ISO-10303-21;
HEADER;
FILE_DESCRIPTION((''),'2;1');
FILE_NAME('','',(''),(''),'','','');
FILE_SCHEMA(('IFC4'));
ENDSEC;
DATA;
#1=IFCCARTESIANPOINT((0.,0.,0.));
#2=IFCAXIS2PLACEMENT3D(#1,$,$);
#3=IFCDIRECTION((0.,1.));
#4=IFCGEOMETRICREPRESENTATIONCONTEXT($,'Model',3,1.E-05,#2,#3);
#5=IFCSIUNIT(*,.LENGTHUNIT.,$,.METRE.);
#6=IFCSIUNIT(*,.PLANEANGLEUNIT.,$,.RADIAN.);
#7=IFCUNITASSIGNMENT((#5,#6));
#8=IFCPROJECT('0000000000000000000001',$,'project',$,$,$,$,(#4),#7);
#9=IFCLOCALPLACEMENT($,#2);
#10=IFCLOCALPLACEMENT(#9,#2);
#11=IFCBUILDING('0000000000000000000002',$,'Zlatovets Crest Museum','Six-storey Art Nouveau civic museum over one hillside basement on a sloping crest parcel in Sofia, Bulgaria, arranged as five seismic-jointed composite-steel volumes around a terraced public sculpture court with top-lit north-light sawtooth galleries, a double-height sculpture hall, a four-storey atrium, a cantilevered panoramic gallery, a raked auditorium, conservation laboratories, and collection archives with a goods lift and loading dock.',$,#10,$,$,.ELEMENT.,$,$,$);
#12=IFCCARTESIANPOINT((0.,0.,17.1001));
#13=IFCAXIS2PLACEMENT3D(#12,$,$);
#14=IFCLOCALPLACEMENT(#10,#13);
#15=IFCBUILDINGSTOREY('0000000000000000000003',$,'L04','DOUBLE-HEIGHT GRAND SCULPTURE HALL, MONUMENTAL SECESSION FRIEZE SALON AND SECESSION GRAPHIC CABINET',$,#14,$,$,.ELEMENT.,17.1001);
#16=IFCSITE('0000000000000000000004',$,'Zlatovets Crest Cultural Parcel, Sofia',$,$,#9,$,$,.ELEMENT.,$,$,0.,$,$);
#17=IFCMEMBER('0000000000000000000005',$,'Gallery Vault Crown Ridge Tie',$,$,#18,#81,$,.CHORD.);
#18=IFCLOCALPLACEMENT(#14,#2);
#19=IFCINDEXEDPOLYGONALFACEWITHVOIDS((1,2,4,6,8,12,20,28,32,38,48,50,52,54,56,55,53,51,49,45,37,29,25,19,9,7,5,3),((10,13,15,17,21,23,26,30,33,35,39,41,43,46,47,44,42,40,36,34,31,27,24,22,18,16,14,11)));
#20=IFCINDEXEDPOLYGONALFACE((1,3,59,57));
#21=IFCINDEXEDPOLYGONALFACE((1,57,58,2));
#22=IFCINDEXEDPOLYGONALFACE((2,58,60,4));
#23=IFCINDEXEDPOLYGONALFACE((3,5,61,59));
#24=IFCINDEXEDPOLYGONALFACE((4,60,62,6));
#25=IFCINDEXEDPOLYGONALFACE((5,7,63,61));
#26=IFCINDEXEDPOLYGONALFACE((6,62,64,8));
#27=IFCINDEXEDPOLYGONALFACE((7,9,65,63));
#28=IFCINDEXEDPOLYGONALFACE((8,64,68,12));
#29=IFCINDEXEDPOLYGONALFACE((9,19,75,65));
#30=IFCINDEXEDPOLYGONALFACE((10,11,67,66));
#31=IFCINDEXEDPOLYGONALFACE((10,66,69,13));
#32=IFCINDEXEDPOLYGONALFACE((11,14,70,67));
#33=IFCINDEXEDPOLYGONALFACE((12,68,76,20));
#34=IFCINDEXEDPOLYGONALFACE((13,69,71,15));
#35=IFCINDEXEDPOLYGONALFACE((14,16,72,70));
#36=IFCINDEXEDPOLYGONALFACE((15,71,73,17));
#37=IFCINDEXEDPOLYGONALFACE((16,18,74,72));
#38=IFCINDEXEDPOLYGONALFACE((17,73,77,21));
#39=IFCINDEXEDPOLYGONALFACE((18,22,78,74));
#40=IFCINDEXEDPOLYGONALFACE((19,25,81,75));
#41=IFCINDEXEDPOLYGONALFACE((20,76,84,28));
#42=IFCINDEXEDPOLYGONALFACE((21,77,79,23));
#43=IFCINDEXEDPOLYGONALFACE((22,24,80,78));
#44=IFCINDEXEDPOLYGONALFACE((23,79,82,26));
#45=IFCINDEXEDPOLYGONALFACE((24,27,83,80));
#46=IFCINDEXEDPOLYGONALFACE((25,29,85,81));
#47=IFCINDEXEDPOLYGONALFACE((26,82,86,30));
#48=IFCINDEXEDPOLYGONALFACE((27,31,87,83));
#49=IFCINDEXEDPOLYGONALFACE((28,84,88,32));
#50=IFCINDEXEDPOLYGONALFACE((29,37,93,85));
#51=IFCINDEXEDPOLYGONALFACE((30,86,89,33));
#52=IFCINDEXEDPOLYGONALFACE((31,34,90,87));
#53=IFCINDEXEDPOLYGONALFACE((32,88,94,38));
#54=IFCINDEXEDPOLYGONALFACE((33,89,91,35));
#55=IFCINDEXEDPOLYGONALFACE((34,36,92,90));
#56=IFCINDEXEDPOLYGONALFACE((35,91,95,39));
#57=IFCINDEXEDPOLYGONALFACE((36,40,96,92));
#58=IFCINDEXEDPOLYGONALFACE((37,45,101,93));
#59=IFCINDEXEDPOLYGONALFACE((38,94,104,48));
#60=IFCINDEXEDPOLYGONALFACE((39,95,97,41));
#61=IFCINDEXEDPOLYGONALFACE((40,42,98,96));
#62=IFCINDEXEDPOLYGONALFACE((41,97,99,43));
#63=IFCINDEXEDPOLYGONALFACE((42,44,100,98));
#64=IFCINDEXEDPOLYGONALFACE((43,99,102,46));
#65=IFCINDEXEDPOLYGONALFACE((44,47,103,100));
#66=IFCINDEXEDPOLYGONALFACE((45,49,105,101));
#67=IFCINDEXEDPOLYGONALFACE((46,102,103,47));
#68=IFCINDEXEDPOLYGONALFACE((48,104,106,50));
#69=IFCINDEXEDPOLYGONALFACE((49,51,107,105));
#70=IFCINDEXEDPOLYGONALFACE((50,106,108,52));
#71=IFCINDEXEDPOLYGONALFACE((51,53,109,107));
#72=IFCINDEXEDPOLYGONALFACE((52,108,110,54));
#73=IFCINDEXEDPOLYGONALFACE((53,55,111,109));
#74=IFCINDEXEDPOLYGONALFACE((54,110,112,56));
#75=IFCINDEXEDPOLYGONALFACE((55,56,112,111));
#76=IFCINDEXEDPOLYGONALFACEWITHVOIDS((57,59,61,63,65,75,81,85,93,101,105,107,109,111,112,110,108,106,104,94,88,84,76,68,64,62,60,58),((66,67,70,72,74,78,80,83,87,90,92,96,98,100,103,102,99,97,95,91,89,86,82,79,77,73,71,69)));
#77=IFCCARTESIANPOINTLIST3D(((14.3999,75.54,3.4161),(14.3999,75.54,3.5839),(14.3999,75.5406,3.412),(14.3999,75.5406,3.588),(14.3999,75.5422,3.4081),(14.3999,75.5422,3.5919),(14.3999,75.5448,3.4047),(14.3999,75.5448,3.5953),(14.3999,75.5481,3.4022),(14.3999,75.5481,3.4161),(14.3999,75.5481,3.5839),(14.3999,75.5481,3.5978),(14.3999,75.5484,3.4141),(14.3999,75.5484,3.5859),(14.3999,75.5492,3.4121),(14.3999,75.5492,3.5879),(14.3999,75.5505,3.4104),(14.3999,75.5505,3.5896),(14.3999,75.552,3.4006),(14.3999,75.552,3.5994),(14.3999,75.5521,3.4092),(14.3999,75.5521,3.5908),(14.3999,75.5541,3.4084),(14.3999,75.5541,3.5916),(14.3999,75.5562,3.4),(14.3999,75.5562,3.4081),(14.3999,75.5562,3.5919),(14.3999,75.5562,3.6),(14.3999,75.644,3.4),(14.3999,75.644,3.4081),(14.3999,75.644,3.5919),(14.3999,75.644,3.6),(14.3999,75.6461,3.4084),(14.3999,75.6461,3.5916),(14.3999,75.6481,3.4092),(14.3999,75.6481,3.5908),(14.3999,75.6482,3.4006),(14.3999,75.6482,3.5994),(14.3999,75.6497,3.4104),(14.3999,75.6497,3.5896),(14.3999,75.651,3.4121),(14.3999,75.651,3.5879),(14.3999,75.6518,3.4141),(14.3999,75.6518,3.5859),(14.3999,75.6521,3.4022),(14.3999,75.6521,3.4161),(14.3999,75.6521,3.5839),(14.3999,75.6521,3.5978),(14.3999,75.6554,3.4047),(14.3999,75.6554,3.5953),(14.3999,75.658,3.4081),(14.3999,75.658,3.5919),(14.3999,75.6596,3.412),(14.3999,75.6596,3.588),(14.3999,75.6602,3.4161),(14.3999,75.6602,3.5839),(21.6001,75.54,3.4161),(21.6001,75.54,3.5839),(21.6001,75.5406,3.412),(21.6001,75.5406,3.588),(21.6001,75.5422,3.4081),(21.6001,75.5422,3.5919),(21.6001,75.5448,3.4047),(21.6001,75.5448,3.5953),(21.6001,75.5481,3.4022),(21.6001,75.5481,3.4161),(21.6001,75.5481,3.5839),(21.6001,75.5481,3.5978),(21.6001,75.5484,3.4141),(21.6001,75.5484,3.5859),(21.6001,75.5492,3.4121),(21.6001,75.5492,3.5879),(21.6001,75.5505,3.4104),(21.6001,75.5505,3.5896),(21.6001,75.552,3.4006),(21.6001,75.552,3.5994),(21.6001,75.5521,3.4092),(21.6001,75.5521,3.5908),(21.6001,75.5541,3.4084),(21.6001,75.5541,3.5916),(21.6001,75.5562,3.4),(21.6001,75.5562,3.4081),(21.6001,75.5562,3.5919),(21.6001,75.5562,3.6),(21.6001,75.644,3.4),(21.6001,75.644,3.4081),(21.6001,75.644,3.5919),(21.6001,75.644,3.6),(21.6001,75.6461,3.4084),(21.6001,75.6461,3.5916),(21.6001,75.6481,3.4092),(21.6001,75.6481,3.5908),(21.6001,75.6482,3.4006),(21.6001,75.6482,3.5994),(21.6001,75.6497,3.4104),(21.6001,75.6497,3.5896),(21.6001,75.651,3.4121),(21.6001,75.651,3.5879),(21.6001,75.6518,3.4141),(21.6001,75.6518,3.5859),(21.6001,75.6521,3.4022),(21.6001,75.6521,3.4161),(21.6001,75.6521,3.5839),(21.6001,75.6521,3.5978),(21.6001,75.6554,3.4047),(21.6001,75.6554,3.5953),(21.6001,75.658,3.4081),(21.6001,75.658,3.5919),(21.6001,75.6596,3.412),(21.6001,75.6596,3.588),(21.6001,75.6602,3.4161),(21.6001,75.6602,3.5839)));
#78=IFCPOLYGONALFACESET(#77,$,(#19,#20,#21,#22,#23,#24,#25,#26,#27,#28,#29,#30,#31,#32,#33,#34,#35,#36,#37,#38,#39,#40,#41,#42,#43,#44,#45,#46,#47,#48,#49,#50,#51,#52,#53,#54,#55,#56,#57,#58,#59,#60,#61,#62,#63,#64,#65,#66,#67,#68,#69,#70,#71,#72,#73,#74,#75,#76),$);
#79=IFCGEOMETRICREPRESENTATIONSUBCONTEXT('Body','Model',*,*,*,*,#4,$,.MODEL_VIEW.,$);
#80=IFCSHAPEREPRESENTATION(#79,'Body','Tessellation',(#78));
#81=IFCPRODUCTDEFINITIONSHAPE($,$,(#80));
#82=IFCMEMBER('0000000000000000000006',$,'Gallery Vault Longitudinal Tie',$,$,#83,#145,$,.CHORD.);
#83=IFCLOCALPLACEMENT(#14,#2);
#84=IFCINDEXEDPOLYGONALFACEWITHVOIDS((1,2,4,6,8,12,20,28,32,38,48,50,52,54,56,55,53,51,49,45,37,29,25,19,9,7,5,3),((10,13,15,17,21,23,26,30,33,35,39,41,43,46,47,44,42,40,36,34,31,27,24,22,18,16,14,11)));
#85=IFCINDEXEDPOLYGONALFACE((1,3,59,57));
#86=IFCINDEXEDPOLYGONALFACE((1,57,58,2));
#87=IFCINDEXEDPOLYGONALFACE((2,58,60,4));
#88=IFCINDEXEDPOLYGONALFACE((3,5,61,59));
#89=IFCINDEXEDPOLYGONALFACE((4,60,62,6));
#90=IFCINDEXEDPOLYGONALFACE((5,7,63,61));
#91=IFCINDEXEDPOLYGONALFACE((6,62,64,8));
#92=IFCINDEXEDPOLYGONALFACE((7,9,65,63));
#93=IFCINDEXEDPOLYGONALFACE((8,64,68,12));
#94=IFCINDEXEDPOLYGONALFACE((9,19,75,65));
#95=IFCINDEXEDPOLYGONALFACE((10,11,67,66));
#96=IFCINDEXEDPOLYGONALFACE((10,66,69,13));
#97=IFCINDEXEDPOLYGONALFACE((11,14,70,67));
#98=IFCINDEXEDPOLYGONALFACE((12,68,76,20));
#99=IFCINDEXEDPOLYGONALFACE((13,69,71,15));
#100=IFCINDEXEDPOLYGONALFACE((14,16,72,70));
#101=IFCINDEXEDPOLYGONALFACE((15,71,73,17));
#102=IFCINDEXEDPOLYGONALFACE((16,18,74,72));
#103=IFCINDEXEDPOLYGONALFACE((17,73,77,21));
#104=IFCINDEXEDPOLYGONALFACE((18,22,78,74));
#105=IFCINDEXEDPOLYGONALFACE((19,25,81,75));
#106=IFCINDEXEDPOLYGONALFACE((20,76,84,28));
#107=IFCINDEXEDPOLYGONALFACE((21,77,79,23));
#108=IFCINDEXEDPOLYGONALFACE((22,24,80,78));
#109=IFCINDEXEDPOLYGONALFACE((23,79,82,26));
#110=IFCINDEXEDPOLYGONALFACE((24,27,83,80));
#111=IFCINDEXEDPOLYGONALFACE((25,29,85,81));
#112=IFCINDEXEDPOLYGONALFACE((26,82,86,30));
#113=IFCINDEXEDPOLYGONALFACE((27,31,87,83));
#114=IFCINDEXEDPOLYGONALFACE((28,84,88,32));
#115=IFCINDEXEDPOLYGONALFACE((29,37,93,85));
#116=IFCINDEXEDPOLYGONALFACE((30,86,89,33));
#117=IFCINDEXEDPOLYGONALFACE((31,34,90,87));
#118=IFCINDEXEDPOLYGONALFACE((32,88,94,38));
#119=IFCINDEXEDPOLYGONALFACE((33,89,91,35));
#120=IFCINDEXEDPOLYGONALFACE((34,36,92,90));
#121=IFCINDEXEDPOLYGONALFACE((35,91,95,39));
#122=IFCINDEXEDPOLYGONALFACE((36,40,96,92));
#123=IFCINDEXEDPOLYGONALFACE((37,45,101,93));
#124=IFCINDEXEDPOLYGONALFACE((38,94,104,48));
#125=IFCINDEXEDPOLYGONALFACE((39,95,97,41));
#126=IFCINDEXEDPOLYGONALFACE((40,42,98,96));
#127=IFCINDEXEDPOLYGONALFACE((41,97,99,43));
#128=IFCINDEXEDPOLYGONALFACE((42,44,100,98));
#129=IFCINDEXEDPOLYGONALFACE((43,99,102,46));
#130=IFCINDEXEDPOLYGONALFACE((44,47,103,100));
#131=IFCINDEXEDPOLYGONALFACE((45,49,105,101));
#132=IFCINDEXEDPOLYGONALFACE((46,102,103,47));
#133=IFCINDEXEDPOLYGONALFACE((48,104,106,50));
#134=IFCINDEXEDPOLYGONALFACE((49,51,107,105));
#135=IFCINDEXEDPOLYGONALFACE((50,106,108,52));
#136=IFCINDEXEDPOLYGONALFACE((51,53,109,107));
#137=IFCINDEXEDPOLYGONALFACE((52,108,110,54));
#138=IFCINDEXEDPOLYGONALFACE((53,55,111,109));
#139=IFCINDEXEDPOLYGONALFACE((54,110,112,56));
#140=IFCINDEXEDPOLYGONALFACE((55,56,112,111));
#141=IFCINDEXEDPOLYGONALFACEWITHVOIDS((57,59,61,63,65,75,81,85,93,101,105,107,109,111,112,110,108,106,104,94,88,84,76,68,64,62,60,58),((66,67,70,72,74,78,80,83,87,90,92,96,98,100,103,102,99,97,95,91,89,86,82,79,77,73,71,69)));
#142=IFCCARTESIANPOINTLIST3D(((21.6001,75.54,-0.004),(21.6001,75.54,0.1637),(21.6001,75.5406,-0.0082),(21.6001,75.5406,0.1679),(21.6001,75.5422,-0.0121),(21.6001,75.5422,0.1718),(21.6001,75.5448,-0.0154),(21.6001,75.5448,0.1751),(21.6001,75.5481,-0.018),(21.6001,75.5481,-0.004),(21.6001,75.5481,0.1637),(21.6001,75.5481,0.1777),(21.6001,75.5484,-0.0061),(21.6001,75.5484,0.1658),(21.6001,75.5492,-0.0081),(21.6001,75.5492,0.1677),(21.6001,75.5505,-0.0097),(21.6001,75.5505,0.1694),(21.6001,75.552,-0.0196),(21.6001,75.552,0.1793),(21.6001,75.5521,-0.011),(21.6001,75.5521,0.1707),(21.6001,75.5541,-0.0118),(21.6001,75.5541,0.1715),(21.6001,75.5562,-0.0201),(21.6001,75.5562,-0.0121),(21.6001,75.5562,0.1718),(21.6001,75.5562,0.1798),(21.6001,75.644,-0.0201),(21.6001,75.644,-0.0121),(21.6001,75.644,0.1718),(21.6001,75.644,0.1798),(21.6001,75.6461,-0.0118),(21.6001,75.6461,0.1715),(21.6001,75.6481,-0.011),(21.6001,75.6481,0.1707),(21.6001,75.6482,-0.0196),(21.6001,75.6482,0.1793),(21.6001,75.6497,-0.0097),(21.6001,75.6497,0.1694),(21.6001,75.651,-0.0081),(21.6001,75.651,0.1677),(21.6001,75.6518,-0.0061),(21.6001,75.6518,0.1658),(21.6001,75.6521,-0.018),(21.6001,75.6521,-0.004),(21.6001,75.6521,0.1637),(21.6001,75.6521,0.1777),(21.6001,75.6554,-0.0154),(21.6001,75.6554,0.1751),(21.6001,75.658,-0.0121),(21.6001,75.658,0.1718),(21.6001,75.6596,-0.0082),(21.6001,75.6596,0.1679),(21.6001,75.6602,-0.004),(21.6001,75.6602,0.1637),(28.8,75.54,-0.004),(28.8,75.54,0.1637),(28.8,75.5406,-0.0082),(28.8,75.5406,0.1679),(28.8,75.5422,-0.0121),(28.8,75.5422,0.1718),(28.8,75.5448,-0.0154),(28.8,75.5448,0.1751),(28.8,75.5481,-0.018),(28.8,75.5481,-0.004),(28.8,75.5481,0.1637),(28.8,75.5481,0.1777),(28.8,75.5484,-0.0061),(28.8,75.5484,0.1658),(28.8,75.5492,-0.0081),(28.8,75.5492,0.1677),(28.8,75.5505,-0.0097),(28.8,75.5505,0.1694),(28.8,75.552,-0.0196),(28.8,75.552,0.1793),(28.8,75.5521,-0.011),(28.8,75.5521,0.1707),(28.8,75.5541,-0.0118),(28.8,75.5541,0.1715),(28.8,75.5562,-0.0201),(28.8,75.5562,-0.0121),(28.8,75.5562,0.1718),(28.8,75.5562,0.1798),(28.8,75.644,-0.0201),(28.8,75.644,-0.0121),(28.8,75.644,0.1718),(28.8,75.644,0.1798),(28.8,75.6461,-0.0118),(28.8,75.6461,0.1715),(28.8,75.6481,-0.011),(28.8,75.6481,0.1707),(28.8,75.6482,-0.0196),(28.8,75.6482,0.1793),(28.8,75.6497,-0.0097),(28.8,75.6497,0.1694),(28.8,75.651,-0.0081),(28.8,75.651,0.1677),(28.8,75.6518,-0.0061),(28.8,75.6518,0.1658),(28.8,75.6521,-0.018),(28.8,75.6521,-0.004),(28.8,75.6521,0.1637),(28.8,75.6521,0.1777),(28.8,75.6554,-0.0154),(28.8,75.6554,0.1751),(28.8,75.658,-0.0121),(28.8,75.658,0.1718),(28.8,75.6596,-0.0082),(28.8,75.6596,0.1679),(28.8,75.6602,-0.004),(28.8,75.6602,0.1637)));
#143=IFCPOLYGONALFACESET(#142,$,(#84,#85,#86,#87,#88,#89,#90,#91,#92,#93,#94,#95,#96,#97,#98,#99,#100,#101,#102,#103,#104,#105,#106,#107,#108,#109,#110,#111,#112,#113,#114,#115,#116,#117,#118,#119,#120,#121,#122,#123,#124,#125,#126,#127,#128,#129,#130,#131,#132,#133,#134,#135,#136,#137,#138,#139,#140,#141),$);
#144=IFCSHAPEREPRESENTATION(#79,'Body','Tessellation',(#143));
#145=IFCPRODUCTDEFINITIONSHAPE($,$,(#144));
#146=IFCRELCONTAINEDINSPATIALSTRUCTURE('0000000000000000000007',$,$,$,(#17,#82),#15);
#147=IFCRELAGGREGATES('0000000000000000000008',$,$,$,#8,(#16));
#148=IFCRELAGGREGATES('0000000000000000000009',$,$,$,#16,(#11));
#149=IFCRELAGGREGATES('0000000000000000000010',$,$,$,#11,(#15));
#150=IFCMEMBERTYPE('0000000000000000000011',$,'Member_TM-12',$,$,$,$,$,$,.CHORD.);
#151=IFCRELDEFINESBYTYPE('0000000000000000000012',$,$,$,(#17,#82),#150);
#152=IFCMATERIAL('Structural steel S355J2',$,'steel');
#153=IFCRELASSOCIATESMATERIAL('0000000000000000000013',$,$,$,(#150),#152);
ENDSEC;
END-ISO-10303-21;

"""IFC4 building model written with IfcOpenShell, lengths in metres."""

from ifc_helpers import new_model, si_unit, direction, frame, origin, origin_2d, place, context, subcontext, project, spatial, hollow_rectangle, extrude, material, material_profile, profile_set, type_object, element, save


model = new_model("IFC4")

# Units and contexts
model_context = context("Model", 3, precision=1e-05, world=origin(), true_north=direction((0.0, 1.0)))
body_context = subcontext(model_context, "Body", "Model", "MODEL_VIEW")
ifc_project = project(units=[si_unit("LENGTHUNIT", "METRE"), si_unit("PLANEANGLEUNIT", "RADIAN")], contexts=[model_context])

# Site, building, storey
site_placement = place(None, origin())
site = spatial("IfcSite", under=ifc_project, at=site_placement, Name="Zlatovets Crest Cultural Parcel, Sofia", CompositionType="ELEMENT", RefElevation=0.0)
building_placement = place(site_placement, origin())
building = spatial("IfcBuilding", under=site, at=building_placement, Name="Zlatovets Crest Museum", Description="Six-storey Art Nouveau civic museum over one hillside basement on a sloping crest parcel in Sofia, Bulgaria, arranged as five seismic-jointed composite-steel volumes around a terraced public sculpture court with top-lit north-light sawtooth galleries, a double-height sculpture hall, a four-storey atrium, a cantilevered panoramic gallery, a raked auditorium, conservation laboratories, and collection archives with a goods lift and loading dock.", CompositionType="ELEMENT")
storey_placement = place(building_placement, frame((0.0, 0.0, 17.1001)))
storey = spatial("IfcBuildingStorey", under=building, at=storey_placement, Name="L04", Description="DOUBLE-HEIGHT GRAND SCULPTURE HALL, MONUMENTAL SECESSION FRIEZE SALON AND SECESSION GRAPHIC CABINET", CompositionType="ELEMENT", Elevation=17.1001)

# Shared definitions
ifc_material_1 = material(Name="Structural steel S355J2", Category="steel")

# Members
ifc_material_profile_1 = material_profile(ifc_material_1, hollow_rectangle(XDim=0.1201, YDim=0.2, WallThickness=0.0081, InnerFilletRadius=0.0081, OuterFilletRadius=0.0161, at=origin_2d()), Name="RHS 120x200x8.0")
ifc_profile_set_1 = profile_set([ifc_material_profile_1], Name="Structural steel S355J2")
member_type_1 = type_object("IfcMemberType", Name="Member_TM-12", PredefinedType="CHORD", material=ifc_profile_set_1)
for number, where, z_axis, x_axis, name in (
    (1, (14.3999, 75.6001, 3.5), (1.0, 0.0, 0.0), (0.0, 1.0, 0.0), "Gallery Vault Crown Ridge Tie"),
):
    element("IfcMember", number, at=place(storey_placement, frame(where, z_axis=z_axis, x_axis=x_axis)), inside=storey, type_object=member_type_1, Name=name, PredefinedType="CHORD", context=body_context, shape_type="SweptSolid", body=[
        extrude(hollow_rectangle(XDim=0.1201, YDim=0.2, WallThickness=0.0081, InnerFilletRadius=0.0081, OuterFilletRadius=0.0161, at=origin_2d()), origin(), (0.0, 0.0, 1.0), 7.2002),
    ])
for number, where, z_axis, x_axis, name in (
    (2, (21.6001, 75.6001, 0.0798), (1.0, 0.0, 0.0), (0.0, 1.0, 0.0), "Gallery Vault Longitudinal Tie"),
):
    element("IfcMember", number, at=place(storey_placement, frame(where, z_axis=z_axis, x_axis=x_axis)), inside=storey, type_object=member_type_1, Name=name, PredefinedType="CHORD", context=body_context, shape_type="SweptSolid", body=[
        extrude(hollow_rectangle(XDim=0.1201, YDim=0.2, WallThickness=0.0081, InnerFilletRadius=0.0081, OuterFilletRadius=0.0161, at=origin_2d()), origin(), (0.0, 0.0, 1.0), 7.2),
    ])

save(model, "model.ifc")
